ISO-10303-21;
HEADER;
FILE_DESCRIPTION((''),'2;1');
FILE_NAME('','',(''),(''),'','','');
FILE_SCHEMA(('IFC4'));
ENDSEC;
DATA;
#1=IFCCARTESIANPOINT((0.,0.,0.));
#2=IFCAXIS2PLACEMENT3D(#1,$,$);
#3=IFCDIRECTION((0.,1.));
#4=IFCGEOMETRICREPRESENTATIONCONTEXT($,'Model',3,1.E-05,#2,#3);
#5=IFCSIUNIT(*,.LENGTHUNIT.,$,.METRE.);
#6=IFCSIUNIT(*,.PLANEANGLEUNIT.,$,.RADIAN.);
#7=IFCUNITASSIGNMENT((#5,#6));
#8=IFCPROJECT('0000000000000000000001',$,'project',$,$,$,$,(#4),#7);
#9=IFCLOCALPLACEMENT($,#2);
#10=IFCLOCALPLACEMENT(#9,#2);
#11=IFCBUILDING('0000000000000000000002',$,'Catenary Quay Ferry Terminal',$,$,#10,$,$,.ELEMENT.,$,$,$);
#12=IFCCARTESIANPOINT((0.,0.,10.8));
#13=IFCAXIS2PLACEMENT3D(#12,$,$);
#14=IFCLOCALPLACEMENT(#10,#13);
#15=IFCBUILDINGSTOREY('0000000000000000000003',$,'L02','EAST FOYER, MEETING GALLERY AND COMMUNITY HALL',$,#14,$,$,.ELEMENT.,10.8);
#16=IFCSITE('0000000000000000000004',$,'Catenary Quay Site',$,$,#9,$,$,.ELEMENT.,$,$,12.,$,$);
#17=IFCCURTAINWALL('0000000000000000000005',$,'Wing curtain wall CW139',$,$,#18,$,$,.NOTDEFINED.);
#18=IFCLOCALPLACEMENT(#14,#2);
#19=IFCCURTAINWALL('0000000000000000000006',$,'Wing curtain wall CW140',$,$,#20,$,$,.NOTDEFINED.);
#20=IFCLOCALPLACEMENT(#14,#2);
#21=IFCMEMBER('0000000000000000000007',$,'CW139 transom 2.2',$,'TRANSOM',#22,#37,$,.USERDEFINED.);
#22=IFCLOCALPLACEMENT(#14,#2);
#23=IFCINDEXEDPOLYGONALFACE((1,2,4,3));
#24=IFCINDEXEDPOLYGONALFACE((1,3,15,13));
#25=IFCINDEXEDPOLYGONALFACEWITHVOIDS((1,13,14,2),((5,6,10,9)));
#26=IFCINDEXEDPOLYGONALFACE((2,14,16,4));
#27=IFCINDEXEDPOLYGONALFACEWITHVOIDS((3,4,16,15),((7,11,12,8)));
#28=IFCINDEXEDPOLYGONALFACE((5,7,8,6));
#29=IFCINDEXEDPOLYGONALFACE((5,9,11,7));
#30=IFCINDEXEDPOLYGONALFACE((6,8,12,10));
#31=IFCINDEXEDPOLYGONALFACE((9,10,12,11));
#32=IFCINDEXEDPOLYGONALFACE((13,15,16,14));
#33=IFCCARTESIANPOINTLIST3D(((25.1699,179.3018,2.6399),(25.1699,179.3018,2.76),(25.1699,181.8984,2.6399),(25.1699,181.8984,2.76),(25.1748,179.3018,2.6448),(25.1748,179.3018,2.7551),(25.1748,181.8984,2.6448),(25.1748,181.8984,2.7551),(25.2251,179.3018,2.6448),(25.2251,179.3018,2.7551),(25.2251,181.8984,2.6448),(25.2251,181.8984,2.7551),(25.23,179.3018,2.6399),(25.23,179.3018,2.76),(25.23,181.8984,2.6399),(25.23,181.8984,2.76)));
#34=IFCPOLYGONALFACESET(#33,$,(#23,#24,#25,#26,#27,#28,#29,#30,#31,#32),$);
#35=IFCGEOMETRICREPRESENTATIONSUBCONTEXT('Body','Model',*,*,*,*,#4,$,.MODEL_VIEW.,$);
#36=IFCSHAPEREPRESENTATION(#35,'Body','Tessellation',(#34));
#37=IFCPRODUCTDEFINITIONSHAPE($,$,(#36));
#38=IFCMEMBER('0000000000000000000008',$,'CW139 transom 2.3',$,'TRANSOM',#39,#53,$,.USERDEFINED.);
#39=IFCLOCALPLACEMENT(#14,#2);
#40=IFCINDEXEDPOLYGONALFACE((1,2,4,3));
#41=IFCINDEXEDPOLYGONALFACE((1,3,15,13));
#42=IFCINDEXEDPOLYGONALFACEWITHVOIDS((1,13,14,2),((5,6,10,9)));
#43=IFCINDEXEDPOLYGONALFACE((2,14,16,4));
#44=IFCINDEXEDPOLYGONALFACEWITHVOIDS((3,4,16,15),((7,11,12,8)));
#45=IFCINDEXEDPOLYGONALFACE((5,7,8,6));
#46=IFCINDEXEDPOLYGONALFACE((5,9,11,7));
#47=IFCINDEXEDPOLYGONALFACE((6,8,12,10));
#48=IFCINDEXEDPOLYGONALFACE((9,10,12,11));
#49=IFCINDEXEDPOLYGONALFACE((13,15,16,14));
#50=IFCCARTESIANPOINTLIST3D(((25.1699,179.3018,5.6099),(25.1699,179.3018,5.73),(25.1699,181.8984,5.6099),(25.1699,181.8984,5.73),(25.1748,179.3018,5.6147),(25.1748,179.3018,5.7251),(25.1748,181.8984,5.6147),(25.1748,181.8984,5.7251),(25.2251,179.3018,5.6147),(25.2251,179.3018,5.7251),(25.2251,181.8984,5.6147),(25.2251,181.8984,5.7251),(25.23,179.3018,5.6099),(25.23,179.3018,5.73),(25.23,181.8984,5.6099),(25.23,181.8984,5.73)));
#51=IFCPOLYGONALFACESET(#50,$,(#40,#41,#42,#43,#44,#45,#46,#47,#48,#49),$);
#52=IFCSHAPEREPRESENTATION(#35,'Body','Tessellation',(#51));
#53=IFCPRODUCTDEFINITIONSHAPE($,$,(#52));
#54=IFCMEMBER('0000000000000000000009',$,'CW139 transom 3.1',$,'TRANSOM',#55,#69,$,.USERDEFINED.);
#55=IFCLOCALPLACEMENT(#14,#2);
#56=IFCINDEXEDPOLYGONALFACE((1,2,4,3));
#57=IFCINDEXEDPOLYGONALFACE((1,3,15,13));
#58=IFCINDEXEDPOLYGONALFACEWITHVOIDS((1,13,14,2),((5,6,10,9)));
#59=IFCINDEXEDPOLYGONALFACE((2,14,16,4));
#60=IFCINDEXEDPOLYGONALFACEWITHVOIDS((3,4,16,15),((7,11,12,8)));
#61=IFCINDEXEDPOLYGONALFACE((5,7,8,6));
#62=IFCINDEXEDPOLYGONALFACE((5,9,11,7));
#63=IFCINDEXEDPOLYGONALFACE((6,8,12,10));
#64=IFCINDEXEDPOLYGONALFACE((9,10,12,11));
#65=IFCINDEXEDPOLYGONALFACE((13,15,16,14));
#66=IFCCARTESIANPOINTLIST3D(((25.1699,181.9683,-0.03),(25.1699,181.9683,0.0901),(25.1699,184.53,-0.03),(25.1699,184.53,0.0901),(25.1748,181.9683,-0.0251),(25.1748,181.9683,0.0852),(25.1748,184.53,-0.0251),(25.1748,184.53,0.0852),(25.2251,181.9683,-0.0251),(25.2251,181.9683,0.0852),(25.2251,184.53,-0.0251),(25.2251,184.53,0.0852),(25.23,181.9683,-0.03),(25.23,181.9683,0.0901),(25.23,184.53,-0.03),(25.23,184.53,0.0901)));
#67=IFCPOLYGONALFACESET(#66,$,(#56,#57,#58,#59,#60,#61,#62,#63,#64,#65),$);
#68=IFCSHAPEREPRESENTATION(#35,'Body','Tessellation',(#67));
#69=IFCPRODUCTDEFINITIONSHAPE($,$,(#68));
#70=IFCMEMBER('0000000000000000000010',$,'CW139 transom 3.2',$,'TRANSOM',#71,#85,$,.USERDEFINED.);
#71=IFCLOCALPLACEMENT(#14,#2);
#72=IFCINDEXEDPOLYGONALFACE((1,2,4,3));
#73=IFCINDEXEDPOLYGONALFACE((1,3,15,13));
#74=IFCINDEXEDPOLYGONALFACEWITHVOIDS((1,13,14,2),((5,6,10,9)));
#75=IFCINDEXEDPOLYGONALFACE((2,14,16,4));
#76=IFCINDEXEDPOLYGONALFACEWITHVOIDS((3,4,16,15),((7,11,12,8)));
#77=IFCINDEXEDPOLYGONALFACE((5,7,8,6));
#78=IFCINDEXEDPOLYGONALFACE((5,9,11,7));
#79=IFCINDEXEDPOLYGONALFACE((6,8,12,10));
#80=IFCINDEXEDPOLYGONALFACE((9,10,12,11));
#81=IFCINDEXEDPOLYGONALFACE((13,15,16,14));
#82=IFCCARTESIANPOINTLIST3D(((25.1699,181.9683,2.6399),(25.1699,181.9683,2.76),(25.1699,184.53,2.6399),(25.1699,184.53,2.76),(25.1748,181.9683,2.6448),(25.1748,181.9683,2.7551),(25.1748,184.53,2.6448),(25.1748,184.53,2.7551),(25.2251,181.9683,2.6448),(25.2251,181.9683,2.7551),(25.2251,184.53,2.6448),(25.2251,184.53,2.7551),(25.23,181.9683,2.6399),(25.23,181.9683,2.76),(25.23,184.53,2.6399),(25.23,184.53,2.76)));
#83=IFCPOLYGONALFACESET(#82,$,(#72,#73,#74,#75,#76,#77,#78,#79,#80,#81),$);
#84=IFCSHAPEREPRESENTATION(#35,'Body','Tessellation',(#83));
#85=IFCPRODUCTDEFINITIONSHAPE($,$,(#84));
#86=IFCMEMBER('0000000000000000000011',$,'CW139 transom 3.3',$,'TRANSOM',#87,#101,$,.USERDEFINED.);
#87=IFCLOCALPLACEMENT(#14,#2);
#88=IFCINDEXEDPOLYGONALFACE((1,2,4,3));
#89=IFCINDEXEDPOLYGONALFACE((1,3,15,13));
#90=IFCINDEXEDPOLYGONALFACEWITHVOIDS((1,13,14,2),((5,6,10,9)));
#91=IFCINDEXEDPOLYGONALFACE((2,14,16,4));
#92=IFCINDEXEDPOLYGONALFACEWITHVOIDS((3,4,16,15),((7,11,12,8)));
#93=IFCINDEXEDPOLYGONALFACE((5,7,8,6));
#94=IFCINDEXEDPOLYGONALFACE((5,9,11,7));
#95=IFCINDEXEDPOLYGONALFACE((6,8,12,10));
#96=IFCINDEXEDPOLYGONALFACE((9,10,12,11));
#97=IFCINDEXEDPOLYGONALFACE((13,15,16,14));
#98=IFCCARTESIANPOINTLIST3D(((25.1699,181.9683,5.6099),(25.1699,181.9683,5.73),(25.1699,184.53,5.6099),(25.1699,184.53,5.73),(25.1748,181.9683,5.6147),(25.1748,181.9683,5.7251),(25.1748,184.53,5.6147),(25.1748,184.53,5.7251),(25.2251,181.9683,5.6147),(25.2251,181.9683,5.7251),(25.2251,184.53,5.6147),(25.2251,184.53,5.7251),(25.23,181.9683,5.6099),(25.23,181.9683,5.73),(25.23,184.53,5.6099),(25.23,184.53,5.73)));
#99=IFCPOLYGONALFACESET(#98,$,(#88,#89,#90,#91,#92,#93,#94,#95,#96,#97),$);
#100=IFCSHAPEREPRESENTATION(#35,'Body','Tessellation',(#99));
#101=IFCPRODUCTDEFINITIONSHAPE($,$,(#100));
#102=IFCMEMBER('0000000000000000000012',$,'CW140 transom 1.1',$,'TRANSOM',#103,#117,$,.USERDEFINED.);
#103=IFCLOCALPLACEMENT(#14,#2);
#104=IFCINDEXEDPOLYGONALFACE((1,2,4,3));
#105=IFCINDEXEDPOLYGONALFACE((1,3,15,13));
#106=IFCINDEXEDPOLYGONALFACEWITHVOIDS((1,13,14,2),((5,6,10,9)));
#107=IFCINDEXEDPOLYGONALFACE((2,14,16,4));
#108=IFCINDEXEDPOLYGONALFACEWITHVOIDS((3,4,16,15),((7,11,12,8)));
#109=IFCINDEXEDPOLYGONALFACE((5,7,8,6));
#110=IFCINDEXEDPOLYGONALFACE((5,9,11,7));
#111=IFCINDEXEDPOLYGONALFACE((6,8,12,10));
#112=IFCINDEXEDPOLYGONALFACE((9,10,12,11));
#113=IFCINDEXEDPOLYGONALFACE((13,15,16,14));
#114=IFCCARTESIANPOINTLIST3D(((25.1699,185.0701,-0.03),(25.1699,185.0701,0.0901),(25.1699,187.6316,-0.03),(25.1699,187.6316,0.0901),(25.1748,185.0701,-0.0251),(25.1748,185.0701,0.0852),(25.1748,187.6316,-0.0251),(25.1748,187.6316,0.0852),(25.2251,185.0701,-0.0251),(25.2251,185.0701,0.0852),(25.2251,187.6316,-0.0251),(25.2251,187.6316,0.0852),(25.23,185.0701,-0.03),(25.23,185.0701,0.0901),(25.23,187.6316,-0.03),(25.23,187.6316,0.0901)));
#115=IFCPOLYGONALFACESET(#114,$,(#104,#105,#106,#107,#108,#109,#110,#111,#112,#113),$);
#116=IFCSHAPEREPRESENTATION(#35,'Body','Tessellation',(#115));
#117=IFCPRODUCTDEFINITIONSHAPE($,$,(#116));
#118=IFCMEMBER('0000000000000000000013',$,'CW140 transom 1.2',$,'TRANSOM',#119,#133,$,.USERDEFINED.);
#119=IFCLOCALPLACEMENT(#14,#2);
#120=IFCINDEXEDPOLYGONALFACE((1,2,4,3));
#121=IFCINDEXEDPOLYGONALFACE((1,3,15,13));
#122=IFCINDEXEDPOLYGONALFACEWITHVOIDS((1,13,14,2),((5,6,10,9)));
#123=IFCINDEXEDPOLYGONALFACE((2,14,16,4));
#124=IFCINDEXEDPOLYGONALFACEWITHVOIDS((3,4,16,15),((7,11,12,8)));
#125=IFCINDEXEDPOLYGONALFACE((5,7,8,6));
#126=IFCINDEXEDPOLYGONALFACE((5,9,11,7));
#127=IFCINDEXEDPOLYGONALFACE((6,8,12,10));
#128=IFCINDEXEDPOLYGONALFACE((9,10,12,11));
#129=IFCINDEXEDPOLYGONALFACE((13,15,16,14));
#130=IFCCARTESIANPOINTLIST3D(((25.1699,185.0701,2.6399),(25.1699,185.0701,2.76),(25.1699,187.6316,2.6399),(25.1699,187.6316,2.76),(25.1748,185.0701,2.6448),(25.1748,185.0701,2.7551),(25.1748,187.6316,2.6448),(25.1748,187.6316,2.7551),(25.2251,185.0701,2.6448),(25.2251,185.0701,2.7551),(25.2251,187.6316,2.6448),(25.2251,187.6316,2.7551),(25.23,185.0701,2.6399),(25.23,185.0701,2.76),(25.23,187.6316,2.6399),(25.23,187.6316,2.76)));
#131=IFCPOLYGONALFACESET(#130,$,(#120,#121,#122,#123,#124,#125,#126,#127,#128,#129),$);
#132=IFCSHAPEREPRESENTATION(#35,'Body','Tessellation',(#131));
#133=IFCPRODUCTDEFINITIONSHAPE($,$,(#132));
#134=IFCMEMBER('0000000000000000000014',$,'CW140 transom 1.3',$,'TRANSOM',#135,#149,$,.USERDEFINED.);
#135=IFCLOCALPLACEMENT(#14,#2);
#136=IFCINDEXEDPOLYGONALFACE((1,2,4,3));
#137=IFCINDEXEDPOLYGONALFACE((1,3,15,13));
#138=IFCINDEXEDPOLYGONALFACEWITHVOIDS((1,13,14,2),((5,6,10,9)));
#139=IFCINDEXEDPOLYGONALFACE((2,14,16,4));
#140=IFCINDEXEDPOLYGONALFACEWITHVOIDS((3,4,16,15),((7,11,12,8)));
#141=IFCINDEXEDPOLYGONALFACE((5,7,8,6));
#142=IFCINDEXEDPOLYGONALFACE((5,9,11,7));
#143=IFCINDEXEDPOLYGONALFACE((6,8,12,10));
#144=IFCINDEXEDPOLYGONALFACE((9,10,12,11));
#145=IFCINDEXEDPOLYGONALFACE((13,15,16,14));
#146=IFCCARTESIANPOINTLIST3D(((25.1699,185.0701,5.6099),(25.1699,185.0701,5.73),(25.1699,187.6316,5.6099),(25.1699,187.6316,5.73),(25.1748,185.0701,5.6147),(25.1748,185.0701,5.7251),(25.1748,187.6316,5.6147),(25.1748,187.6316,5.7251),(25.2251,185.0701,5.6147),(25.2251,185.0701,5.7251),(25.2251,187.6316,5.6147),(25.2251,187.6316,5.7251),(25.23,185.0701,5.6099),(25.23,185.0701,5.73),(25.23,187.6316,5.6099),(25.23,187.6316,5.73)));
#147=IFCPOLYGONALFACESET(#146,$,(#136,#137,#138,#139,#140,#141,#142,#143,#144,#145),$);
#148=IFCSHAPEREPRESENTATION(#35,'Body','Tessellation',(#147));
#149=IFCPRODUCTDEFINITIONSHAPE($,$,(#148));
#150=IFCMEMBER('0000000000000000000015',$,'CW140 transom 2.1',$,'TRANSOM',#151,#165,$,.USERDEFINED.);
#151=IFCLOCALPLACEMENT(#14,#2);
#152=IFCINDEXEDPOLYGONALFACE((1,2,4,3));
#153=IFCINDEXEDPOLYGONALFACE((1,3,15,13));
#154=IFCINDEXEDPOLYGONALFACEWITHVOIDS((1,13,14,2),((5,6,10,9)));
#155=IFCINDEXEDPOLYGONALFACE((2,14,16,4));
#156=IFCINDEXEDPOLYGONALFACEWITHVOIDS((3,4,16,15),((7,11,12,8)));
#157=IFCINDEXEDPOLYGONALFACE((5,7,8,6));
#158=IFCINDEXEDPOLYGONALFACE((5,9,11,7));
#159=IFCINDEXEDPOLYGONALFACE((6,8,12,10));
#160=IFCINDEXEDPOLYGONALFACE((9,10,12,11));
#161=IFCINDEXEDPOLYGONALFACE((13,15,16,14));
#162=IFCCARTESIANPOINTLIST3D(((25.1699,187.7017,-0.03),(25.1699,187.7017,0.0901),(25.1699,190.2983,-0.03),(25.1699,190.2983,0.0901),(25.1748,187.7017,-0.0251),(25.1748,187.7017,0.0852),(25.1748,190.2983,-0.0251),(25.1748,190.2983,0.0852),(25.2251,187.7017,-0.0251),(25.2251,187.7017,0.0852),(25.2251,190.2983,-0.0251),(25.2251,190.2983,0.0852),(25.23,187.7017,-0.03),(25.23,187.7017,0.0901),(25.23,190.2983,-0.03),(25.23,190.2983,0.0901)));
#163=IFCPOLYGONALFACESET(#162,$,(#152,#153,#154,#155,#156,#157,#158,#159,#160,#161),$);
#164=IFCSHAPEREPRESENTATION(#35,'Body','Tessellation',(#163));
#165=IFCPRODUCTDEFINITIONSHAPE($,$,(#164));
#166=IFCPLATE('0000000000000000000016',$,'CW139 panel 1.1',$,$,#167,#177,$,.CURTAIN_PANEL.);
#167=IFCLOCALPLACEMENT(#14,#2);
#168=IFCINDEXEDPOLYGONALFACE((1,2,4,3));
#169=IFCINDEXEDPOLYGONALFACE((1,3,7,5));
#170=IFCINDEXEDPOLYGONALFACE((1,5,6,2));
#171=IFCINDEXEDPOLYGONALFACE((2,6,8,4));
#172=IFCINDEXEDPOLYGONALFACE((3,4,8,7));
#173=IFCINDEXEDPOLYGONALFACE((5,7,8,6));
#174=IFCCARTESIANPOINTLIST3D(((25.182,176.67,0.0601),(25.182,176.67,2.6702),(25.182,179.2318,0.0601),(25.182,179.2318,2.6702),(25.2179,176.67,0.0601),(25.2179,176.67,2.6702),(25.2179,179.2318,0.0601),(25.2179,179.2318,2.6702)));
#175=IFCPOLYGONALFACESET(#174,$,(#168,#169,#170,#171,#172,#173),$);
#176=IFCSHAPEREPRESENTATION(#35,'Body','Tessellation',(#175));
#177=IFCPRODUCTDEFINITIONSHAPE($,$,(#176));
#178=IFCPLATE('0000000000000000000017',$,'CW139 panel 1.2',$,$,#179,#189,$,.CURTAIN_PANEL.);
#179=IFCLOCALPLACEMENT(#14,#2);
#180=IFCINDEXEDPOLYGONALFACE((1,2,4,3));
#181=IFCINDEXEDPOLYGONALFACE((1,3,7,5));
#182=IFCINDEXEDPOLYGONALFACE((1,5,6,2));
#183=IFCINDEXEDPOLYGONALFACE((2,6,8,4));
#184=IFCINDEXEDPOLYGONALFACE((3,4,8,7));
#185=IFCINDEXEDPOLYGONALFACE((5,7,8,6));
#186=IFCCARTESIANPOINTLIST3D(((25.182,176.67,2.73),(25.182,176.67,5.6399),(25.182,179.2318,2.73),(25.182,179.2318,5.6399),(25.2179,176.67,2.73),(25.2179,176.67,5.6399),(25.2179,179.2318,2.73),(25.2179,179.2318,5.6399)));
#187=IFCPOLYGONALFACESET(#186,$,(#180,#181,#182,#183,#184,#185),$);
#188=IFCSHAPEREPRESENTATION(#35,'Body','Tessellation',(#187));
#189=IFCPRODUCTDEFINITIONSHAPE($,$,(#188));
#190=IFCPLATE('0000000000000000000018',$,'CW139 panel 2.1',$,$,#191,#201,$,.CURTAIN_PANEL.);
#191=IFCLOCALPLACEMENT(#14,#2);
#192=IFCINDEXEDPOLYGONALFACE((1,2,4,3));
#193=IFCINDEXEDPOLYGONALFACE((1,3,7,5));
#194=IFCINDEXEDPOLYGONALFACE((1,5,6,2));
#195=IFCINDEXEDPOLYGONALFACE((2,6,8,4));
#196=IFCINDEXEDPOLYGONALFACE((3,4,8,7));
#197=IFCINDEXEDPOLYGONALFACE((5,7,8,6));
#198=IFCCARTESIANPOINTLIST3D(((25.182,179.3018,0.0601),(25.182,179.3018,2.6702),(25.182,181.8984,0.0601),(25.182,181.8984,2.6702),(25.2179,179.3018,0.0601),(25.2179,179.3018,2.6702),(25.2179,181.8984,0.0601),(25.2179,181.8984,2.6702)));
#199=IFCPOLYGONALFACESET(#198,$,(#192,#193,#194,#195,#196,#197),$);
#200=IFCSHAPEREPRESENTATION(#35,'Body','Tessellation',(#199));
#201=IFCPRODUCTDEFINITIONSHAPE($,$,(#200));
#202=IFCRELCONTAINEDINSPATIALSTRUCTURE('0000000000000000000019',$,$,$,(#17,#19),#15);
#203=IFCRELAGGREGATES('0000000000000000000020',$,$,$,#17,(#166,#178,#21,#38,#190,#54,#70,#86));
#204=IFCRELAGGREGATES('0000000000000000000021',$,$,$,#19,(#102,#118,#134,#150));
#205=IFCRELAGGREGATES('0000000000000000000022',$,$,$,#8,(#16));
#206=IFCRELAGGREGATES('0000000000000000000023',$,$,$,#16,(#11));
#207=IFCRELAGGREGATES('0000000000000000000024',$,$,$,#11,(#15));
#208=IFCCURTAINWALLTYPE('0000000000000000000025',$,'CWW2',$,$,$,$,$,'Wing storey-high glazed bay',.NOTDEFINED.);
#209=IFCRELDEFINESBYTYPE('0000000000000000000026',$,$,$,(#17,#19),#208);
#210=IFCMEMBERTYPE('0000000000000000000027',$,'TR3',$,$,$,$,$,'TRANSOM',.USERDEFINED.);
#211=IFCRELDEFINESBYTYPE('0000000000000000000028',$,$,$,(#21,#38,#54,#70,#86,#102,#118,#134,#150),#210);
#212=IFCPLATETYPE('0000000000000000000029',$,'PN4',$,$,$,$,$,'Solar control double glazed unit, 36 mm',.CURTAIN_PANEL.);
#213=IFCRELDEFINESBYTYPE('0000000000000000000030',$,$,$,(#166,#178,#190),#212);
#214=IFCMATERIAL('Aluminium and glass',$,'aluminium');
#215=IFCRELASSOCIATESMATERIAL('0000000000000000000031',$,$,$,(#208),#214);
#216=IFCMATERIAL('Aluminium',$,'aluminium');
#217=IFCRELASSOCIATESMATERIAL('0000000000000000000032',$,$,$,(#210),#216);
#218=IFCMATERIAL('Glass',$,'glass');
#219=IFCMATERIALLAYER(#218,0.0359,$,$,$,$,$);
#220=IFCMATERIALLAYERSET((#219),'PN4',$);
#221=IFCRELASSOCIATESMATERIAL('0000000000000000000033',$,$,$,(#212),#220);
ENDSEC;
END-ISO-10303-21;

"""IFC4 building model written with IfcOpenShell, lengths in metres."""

from ifc_helpers import new_model, si_unit, direction, frame, origin, origin_2d, place, context, subcontext, project, spatial, rectangle, hollow_rectangle, extrude, material, layer, layer_set, material_profile, profile_set, type_object, element, aggregate, save


model = new_model("IFC4")

# Units and contexts
model_context = context("Model", 3, precision=1e-05, world=origin(), true_north=direction((0.0, 1.0)))
body_context = subcontext(model_context, "Body", "Model", "MODEL_VIEW")
ifc_project = project(units=[si_unit("LENGTHUNIT", "METRE"), si_unit("PLANEANGLEUNIT", "RADIAN")], contexts=[model_context])

# Site, building, storey
site_placement = place(None, origin())
site = spatial("IfcSite", under=ifc_project, at=site_placement, Name="Catenary Quay Site", CompositionType="ELEMENT", RefElevation=12.0)
building_placement = place(site_placement, origin())
building = spatial("IfcBuilding", under=site, at=building_placement, Name="Catenary Quay Ferry Terminal", CompositionType="ELEMENT")
storey_placement = place(building_placement, frame((0.0, 0.0, 10.8)))
storey = spatial("IfcBuildingStorey", under=building, at=storey_placement, Name="L02", Description="EAST FOYER, MEETING GALLERY AND COMMUNITY HALL", CompositionType="ELEMENT", Elevation=10.8)

# Curtain walls
ifc_material_1 = material(Name="Aluminium and glass", Category="aluminium")
curtain_wall_type = type_object("IfcCurtainWallType", Name="CWW2", ElementType="Wing storey-high glazed bay", PredefinedType="NOTDEFINED", material=ifc_material_1)
curtain_wall_1_placement = place(storey_placement, origin())
curtain_wall_1 = element("IfcCurtainWall", 1, at=curtain_wall_1_placement, inside=storey, type_object=curtain_wall_type, Name="Wing curtain wall CW139", PredefinedType="NOTDEFINED")
curtain_wall_2_placement = place(storey_placement, origin())
curtain_wall_2 = element("IfcCurtainWall", 2, at=curtain_wall_2_placement, inside=storey, type_object=curtain_wall_type, Name="Wing curtain wall CW140", PredefinedType="NOTDEFINED")

# Members
ifc_material_2 = material(Name="Aluminium", Category="aluminium")
ifc_material_profile_1 = material_profile(ifc_material_2, hollow_rectangle(XDim=0.0601, YDim=0.1201, WallThickness=0.0049, at=origin_2d()), Name="TR3")
ifc_profile_set_1 = profile_set([ifc_material_profile_1], Name="Aluminium")
member_type_1 = type_object("IfcMemberType", Name="TR3", ElementType="TRANSOM", PredefinedType="USERDEFINED", material=ifc_profile_set_1)
member_1_placement = place(storey_placement, frame((25.2, 179.3018, 2.7), z_axis=(0.0, 1.0, 0.0), x_axis=(-1.0, 0.0, 0.0)))
member_1 = element("IfcMember", 3, at=member_1_placement, type_object=member_type_1, Name="CW139 transom 2.2", ObjectType="TRANSOM", PredefinedType="USERDEFINED", context=body_context, shape_type="SweptSolid", body=[
    extrude(hollow_rectangle(XDim=0.0601, YDim=0.1201, WallThickness=0.0049, at=origin_2d()), origin(), (0.0, 0.0, 1.0), 2.5967),
])
member_2_placement = place(storey_placement, frame((25.2, 179.3018, 5.6699), z_axis=(0.0, 1.0, 0.0), x_axis=(-1.0, 0.0, 0.0)))
member_2 = element("IfcMember", 4, at=member_2_placement, type_object=member_type_1, Name="CW139 transom 2.3", ObjectType="TRANSOM", PredefinedType="USERDEFINED", context=body_context, shape_type="SweptSolid", body=[
    extrude(hollow_rectangle(XDim=0.0601, YDim=0.1201, WallThickness=0.0049, at=origin_2d()), origin(), (0.0, 0.0, 1.0), 2.5967),
])
member_3_placement = place(storey_placement, frame((25.2, 181.9683, 0.03), z_axis=(0.0, 1.0, 0.0), x_axis=(-1.0, 0.0, 0.0)))
member_3 = element("IfcMember", 5, at=member_3_placement, type_object=member_type_1, Name="CW139 transom 3.1", ObjectType="TRANSOM", PredefinedType="USERDEFINED", context=body_context, shape_type="SweptSolid", body=[
    extrude(hollow_rectangle(XDim=0.0601, YDim=0.1201, WallThickness=0.0049, at=origin_2d()), origin(), (0.0, 0.0, 1.0), 2.5618),
])
member_4_placement = place(storey_placement, frame((25.2, 181.9683, 2.7), z_axis=(0.0, 1.0, 0.0), x_axis=(-1.0, 0.0, 0.0)))
member_4 = element("IfcMember", 6, at=member_4_placement, type_object=member_type_1, Name="CW139 transom 3.2", ObjectType="TRANSOM", PredefinedType="USERDEFINED", context=body_context, shape_type="SweptSolid", body=[
    extrude(hollow_rectangle(XDim=0.0601, YDim=0.1201, WallThickness=0.0049, at=origin_2d()), origin(), (0.0, 0.0, 1.0), 2.5618),
])
member_5_placement = place(storey_placement, frame((25.2, 181.9683, 5.6699), z_axis=(0.0, 1.0, 0.0), x_axis=(-1.0, 0.0, 0.0)))
member_5 = element("IfcMember", 7, at=member_5_placement, type_object=member_type_1, Name="CW139 transom 3.3", ObjectType="TRANSOM", PredefinedType="USERDEFINED", context=body_context, shape_type="SweptSolid", body=[
    extrude(hollow_rectangle(XDim=0.0601, YDim=0.1201, WallThickness=0.0049, at=origin_2d()), origin(), (0.0, 0.0, 1.0), 2.5618),
])
member_6_placement = place(storey_placement, frame((25.2, 185.0701, 0.03), z_axis=(0.0, 1.0, 0.0), x_axis=(-1.0, 0.0, 0.0)))
member_6 = element("IfcMember", 8, at=member_6_placement, type_object=member_type_1, Name="CW140 transom 1.1", ObjectType="TRANSOM", PredefinedType="USERDEFINED", context=body_context, shape_type="SweptSolid", body=[
    extrude(hollow_rectangle(XDim=0.0601, YDim=0.1201, WallThickness=0.0049, at=origin_2d()), origin(), (0.0, 0.0, 1.0), 2.5615),
])
member_7_placement = place(storey_placement, frame((25.2, 185.0701, 2.7), z_axis=(0.0, 1.0, 0.0), x_axis=(-1.0, 0.0, 0.0)))
member_7 = element("IfcMember", 9, at=member_7_placement, type_object=member_type_1, Name="CW140 transom 1.2", ObjectType="TRANSOM", PredefinedType="USERDEFINED", context=body_context, shape_type="SweptSolid", body=[
    extrude(hollow_rectangle(XDim=0.0601, YDim=0.1201, WallThickness=0.0049, at=origin_2d()), origin(), (0.0, 0.0, 1.0), 2.5615),
])
member_8_placement = place(storey_placement, frame((25.2, 185.0701, 5.6699), z_axis=(0.0, 1.0, 0.0), x_axis=(-1.0, 0.0, 0.0)))
member_8 = element("IfcMember", 10, at=member_8_placement, type_object=member_type_1, Name="CW140 transom 1.3", ObjectType="TRANSOM", PredefinedType="USERDEFINED", context=body_context, shape_type="SweptSolid", body=[
    extrude(hollow_rectangle(XDim=0.0601, YDim=0.1201, WallThickness=0.0049, at=origin_2d()), origin(), (0.0, 0.0, 1.0), 2.5615),
])
member_9_placement = place(storey_placement, frame((25.2, 187.7017, 0.03), z_axis=(0.0, 1.0, 0.0), x_axis=(-1.0, 0.0, 0.0)))
member_9 = element("IfcMember", 11, at=member_9_placement, type_object=member_type_1, Name="CW140 transom 2.1", ObjectType="TRANSOM", PredefinedType="USERDEFINED", context=body_context, shape_type="SweptSolid", body=[
    extrude(hollow_rectangle(XDim=0.0601, YDim=0.1201, WallThickness=0.0049, at=origin_2d()), origin(), (0.0, 0.0, 1.0), 2.5967),
])

# Plates
ifc_material_3 = material(Name="Glass", Category="glass")
ifc_layer_1 = layer(ifc_material_3, 0.0359)
ifc_layer_set_1 = layer_set([ifc_layer_1], Name="PN4")
plate_type = type_object("IfcPlateType", Name="PN4", ElementType="Solar control double glazed unit, 36 mm", PredefinedType="CURTAIN_PANEL", material=ifc_layer_set_1)
plate_1_placement = place(storey_placement, frame((25.2, 177.9509, 0.0601), z_axis=(0.0, 0.0, 1.0), x_axis=(0.0, 1.0, 0.0)))
plate_1 = element("IfcPlate", 12, at=plate_1_placement, type_object=plate_type, Name="CW139 panel 1.1", PredefinedType="CURTAIN_PANEL", context=body_context, shape_type="SweptSolid", body=[
    extrude(rectangle(XDim=2.5618, YDim=0.0359, at=origin_2d()), origin(), (0.0, 0.0, 1.0), 2.6101),
])
plate_2_placement = place(storey_placement, frame((25.2, 177.9509, 2.73), z_axis=(0.0, 0.0, 1.0), x_axis=(0.0, 1.0, 0.0)))
plate_2 = element("IfcPlate", 13, at=plate_2_placement, type_object=plate_type, Name="CW139 panel 1.2", PredefinedType="CURTAIN_PANEL", context=body_context, shape_type="SweptSolid", body=[
    extrude(rectangle(XDim=2.5618, YDim=0.0359, at=origin_2d()), origin(), (0.0, 0.0, 1.0), 2.9099),
])
plate_3_placement = place(storey_placement, frame((25.2, 180.6001, 0.0601), z_axis=(0.0, 0.0, 1.0), x_axis=(0.0, 1.0, 0.0)))
plate_3 = element("IfcPlate", 14, at=plate_3_placement, type_object=plate_type, Name="CW139 panel 2.1", PredefinedType="CURTAIN_PANEL", context=body_context, shape_type="SweptSolid", body=[
    extrude(rectangle(XDim=2.5967, YDim=0.0359, at=origin_2d()), origin(), (0.0, 0.0, 1.0), 2.6101),
])
aggregate(curtain_wall_1, [plate_1, plate_2, member_1, member_2, plate_3, member_3, member_4, member_5])
aggregate(curtain_wall_2, [member_6, member_7, member_8, member_9])

save(model, "model.ifc")
